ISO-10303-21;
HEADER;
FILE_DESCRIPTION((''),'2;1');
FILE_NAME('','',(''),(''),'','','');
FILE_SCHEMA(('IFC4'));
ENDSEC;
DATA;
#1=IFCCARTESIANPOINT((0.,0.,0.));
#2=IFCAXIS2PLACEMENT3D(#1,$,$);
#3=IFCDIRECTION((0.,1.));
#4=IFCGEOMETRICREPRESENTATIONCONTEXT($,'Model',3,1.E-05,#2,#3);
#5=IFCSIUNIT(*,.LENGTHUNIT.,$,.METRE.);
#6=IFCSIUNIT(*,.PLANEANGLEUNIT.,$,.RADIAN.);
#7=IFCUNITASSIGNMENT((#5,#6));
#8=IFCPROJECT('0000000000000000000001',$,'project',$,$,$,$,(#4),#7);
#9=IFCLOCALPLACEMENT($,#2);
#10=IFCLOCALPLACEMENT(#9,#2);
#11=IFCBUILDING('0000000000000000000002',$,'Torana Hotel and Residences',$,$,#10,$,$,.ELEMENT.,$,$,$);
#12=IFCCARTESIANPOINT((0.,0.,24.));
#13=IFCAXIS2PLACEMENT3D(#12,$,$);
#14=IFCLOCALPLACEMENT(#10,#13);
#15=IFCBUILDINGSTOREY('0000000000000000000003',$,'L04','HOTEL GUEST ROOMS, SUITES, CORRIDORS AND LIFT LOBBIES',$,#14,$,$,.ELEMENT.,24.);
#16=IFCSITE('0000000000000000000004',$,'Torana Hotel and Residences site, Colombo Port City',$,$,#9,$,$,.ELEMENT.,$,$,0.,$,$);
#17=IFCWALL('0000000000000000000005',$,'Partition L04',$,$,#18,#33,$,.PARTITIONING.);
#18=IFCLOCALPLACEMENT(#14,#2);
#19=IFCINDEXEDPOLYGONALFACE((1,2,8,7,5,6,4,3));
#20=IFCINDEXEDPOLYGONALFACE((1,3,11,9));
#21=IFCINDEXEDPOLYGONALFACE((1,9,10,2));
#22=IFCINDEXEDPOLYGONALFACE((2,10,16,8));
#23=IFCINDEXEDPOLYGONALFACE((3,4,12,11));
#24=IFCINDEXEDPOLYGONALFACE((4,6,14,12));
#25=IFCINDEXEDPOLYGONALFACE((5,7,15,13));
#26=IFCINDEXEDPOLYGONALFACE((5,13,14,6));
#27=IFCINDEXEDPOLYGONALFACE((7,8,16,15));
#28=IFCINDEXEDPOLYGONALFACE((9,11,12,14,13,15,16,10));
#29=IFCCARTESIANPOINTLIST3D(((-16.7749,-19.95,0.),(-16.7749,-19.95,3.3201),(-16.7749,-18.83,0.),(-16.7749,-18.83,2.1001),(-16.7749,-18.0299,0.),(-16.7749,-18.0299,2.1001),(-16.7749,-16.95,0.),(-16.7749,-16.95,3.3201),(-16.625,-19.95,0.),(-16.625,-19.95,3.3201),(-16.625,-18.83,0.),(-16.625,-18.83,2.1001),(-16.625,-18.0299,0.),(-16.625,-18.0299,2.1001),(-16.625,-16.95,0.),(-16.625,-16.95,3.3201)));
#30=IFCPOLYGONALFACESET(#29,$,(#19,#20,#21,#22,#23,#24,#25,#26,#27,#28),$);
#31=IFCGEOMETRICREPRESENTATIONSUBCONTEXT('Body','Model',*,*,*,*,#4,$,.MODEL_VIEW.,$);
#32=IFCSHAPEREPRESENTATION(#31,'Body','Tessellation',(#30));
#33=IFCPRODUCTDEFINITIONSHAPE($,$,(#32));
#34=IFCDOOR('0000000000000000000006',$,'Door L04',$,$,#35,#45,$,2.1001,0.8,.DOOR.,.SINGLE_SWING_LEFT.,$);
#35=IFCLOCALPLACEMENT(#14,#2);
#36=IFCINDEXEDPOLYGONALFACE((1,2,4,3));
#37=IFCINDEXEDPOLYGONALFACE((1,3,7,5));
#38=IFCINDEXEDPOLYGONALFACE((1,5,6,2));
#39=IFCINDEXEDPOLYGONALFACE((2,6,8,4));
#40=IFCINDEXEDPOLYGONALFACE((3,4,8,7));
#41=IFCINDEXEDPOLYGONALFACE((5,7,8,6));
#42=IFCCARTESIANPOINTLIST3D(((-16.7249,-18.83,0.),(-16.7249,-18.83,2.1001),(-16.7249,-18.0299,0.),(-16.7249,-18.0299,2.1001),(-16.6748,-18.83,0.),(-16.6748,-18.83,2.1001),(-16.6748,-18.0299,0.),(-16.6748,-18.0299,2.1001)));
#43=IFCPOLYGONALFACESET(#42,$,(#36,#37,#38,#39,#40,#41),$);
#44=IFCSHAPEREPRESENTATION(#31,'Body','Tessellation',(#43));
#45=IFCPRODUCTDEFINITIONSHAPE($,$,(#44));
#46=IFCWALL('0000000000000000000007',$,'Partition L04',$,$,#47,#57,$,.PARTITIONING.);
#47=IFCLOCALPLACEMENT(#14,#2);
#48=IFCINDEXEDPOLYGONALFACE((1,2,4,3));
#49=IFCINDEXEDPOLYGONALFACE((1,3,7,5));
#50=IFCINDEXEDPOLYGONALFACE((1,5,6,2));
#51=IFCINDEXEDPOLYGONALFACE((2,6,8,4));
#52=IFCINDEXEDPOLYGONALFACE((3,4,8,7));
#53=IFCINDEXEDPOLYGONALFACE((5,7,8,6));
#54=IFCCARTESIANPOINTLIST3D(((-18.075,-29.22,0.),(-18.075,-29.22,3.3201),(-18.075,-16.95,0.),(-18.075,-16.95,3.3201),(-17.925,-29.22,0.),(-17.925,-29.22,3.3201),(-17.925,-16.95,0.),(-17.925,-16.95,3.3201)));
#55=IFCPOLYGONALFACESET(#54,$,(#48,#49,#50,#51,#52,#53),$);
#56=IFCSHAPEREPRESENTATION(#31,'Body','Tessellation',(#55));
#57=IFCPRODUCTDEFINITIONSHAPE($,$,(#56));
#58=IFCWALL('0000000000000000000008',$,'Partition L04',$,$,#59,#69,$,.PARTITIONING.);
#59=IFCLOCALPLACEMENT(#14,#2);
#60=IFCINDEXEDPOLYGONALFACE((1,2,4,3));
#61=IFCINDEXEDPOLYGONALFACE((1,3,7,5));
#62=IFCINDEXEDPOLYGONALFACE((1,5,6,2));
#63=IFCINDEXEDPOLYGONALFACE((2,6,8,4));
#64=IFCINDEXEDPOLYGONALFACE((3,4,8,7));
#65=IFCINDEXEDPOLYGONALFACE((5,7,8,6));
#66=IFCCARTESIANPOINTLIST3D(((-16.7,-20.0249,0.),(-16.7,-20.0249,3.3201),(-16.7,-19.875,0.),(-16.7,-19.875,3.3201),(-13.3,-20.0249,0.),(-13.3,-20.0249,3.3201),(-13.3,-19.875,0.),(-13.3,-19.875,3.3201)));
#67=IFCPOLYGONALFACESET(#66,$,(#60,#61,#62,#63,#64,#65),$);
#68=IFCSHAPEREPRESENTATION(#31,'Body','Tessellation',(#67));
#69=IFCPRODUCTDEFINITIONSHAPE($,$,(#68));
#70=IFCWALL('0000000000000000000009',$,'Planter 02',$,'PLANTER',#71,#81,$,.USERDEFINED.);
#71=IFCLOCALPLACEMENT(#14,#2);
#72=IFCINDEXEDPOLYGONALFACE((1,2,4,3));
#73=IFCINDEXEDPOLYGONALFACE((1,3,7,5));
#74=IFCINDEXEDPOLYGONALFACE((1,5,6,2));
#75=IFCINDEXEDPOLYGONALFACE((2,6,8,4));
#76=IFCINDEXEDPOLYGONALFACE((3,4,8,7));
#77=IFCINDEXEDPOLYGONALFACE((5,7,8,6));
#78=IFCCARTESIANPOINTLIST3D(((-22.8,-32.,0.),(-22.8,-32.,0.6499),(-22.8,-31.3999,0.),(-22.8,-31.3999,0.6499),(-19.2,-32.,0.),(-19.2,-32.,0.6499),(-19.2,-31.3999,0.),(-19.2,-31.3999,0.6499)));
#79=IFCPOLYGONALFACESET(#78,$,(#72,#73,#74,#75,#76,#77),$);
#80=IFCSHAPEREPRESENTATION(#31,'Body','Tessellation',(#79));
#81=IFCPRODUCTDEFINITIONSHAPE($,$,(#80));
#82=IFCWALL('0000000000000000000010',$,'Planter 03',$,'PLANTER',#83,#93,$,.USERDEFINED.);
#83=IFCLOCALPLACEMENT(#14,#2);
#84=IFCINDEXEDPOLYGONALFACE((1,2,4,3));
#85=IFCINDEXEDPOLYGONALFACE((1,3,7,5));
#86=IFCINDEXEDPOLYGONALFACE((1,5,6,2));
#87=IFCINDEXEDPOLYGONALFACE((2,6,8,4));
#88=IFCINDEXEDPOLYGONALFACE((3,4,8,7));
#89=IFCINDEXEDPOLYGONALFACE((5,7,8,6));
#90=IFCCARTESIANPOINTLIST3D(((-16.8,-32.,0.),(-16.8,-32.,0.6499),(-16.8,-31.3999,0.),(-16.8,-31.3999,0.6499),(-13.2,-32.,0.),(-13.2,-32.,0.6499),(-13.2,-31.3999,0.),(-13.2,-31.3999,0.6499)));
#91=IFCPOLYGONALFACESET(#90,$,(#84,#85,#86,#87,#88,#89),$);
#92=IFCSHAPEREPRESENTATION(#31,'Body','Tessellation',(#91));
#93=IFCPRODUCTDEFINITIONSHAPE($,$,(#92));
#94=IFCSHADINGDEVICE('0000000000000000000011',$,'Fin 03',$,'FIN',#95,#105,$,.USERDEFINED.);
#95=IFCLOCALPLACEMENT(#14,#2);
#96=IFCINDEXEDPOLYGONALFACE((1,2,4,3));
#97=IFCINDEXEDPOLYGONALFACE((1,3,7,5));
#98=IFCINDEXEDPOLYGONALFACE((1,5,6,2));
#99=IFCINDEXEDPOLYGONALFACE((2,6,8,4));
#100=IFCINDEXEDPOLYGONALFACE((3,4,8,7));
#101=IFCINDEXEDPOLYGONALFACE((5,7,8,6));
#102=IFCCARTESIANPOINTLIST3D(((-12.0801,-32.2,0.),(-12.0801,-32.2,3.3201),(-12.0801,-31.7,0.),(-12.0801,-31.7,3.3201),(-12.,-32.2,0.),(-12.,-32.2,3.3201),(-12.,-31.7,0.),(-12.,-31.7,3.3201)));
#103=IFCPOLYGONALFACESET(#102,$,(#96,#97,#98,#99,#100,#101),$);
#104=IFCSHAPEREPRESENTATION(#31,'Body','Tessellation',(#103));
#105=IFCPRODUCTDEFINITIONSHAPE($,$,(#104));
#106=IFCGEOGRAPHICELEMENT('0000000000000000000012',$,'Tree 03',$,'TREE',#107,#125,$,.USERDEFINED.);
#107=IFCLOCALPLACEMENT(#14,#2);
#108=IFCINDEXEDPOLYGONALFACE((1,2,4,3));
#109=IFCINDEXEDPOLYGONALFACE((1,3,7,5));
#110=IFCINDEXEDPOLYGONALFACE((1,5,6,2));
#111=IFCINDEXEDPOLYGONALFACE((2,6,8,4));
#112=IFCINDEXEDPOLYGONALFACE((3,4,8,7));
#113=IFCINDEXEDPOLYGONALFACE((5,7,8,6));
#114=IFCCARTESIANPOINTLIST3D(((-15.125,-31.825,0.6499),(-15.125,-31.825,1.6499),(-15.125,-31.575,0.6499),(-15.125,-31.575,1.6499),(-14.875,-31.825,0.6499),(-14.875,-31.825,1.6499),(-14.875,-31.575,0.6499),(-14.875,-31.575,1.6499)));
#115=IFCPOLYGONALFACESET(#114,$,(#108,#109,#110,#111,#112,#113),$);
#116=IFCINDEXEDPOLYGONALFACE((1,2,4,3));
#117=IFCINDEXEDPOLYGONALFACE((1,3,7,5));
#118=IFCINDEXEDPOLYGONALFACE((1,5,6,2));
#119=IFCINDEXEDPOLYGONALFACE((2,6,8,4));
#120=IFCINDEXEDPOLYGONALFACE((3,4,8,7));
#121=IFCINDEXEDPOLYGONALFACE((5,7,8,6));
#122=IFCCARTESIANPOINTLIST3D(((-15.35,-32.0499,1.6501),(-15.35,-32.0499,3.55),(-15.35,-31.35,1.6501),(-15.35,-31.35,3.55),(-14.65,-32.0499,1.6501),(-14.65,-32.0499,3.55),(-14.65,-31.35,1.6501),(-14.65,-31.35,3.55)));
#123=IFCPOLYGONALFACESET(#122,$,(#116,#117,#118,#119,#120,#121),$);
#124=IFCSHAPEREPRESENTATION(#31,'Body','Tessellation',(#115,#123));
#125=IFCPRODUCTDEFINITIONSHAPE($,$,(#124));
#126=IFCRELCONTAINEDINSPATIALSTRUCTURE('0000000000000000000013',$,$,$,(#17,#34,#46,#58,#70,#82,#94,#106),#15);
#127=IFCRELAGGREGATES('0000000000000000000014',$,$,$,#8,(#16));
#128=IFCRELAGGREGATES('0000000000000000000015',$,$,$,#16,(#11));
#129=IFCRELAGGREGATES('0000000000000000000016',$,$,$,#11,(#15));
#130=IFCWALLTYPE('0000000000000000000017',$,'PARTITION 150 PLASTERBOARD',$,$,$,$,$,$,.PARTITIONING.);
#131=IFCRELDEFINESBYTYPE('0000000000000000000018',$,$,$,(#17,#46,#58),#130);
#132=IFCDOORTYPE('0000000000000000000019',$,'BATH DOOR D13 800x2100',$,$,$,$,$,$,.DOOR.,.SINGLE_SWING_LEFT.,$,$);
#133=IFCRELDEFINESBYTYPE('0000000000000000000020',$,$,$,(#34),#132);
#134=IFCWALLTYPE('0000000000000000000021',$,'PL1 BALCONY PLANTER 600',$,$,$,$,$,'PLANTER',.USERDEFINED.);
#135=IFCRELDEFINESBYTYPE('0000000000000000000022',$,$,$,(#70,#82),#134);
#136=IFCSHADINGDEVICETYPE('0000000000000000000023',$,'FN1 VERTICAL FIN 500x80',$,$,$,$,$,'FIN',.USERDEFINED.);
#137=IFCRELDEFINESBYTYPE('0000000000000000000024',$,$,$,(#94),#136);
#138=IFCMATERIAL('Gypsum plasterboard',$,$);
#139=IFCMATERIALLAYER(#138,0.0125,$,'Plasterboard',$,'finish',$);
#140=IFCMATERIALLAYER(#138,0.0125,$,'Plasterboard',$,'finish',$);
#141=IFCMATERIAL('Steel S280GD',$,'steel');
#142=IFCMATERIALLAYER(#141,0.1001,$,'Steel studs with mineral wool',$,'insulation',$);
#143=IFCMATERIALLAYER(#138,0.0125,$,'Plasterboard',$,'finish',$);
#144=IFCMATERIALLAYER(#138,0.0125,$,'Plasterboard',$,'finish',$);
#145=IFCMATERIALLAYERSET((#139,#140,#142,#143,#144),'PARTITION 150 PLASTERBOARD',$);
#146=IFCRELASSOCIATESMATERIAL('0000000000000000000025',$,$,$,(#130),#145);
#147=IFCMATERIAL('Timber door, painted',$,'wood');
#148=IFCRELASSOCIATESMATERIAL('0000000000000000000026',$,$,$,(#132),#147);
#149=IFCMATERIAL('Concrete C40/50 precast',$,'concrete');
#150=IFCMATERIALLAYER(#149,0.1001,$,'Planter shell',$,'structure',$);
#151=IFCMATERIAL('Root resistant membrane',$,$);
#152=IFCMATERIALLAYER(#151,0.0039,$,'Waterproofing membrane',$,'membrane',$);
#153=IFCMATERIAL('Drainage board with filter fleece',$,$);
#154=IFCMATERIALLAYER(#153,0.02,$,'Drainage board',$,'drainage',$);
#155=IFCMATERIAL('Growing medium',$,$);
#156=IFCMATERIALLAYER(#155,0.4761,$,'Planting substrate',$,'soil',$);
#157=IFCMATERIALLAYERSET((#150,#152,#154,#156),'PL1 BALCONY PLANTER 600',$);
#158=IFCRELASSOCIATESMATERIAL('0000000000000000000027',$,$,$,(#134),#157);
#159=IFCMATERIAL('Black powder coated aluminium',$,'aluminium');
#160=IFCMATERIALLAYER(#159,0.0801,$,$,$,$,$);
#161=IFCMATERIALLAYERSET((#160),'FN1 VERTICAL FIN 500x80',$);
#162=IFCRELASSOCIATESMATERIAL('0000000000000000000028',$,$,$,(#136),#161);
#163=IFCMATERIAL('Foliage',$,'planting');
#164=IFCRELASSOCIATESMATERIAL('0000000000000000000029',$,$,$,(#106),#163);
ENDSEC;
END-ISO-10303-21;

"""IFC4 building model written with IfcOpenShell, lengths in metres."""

from ifc_helpers import new_model, si_unit, direction, frame, frame_2d, origin, origin_2d, place, context, subcontext, project, spatial, rectangle, extrude, material, layer, layer_set, type_object, element, fill, save


model = new_model("IFC4")

# Units and contexts
model_context = context("Model", 3, precision=1e-05, world=origin(), true_north=direction((0.0, 1.0)))
body_context = subcontext(model_context, "Body", "Model", "MODEL_VIEW")
ifc_project = project(units=[si_unit("LENGTHUNIT", "METRE"), si_unit("PLANEANGLEUNIT", "RADIAN")], contexts=[model_context])

# Site, building, storey
site_placement = place(None, origin())
site = spatial("IfcSite", under=ifc_project, at=site_placement, Name="Torana Hotel and Residences site, Colombo Port City", CompositionType="ELEMENT", RefElevation=0.0)
building_placement = place(site_placement, origin())
building = spatial("IfcBuilding", under=site, at=building_placement, Name="Torana Hotel and Residences", CompositionType="ELEMENT")
storey_placement = place(building_placement, frame((0.0, 0.0, 24.0)))
storey = spatial("IfcBuildingStorey", under=building, at=storey_placement, Name="L04", Description="HOTEL GUEST ROOMS, SUITES, CORRIDORS AND LIFT LOBBIES", CompositionType="ELEMENT", Elevation=24.0)

# Shared definitions
ifc_material_1 = material(Name="Gypsum plasterboard")
ifc_layer_1 = layer(ifc_material_1, 0.0125, Name="Plasterboard", Category="finish")
ifc_layer_2 = layer(ifc_material_1, 0.0125, Name="Plasterboard", Category="finish")
ifc_material_2 = material(Name="Steel S280GD", Category="steel")
ifc_layer_3 = layer(ifc_material_2, 0.1001, Name="Steel studs with mineral wool", Category="insulation")
ifc_layer_4 = layer(ifc_material_1, 0.0125, Name="Plasterboard", Category="finish")
ifc_layer_5 = layer(ifc_material_1, 0.0125, Name="Plasterboard", Category="finish")
ifc_layer_set_1 = layer_set([ifc_layer_1, ifc_layer_2, ifc_layer_3, ifc_layer_4, ifc_layer_5], Name="PARTITION 150 PLASTERBOARD")
wall_type_1 = type_object("IfcWallType", Name="PARTITION 150 PLASTERBOARD", PredefinedType="PARTITIONING", material=ifc_layer_set_1)

# Shared definitions
ifc_material_3 = material(Name="Timber door, painted", Category="wood")
door_type_1 = type_object("IfcDoorType", Name="BATH DOOR D13 800x2100", OperationType="SINGLE_SWING_LEFT", PredefinedType="DOOR", material=ifc_material_3)

# Wall, opening, door
wall_1_placement = place(storey_placement, frame((-16.7, -19.95, 0.0), z_axis=(0.0, 0.0, 1.0), x_axis=(0.0, 1.0, 0.0)))
wall_1 = element("IfcWall", 1, at=wall_1_placement, inside=storey, type_object=wall_type_1, Name="Partition L04", PredefinedType="PARTITIONING", context=body_context, shape_type="SweptSolid", body=[
    extrude(rectangle(XDim=3.0, YDim=0.1499, at=frame_2d((1.5, 0.0))), origin(), (0.0, 0.0, 1.0), 3.3201),
])
opening_1_placement = place(wall_1_placement, frame((1.1201, 0.0, 0.0)))
opening_1 = element("IfcOpeningElement", 2, at=opening_1_placement, cuts=wall_1, PredefinedType="OPENING", context=body_context, shape_type="SweptSolid", body=[
    extrude(rectangle(XDim=0.8, YDim=2.1001, at=frame_2d((0.3999, 1.05))), frame((0.0, 0.085, 0.0), z_axis=(0.0, -1.0, 0.0), x_axis=(1.0, 0.0, 0.0)), (0.0, 0.0, 1.0), 0.1699),
])
door_1_placement = place(opening_1_placement, origin())
door_1 = element("IfcDoor", 3, at=door_1_placement, inside=storey, type_object=door_type_1, Name="Door L04", OperationType="SINGLE_SWING_LEFT", OverallHeight=2.1001, OverallWidth=0.8, PredefinedType="DOOR", context=body_context, shape_type="SweptSolid", body=[
    extrude(rectangle(XDim=0.8, YDim=2.1001, at=frame_2d((0.3999, 1.05))), frame((0.0, 0.0249, 0.0), z_axis=(0.0, -1.0, 0.0), x_axis=(1.0, 0.0, 0.0)), (0.0, 0.0, 1.0), 0.05),
])
fill(opening_1, door_1)

# Walls
wall_2_placement = place(storey_placement, frame((-18.0, -29.22, 0.0), z_axis=(0.0, 0.0, 1.0), x_axis=(0.0, 1.0, 0.0)))
element("IfcWall", 4, at=wall_2_placement, inside=storey, type_object=wall_type_1, Name="Partition L04", PredefinedType="PARTITIONING", context=body_context, shape_type="SweptSolid", body=[
    extrude(rectangle(XDim=12.27, YDim=0.1499, at=frame_2d((6.135, 0.0))), origin(), (0.0, 0.0, 1.0), 3.3201),
])
wall_3_placement = place(storey_placement, frame((-16.7, -19.95, 0.0), z_axis=(0.0, 0.0, 1.0), x_axis=(1.0, 0.0, 0.0)))
element("IfcWall", 5, at=wall_3_placement, inside=storey, type_object=wall_type_1, Name="Partition L04", PredefinedType="PARTITIONING", context=body_context, shape_type="SweptSolid", body=[
    extrude(rectangle(XDim=3.3999, YDim=0.1499, at=frame_2d((1.7, 0.0))), origin(), (0.0, 0.0, 1.0), 3.3201),
])
ifc_material_4 = material(Name="Concrete C40/50 precast", Category="concrete")
ifc_layer_6 = layer(ifc_material_4, 0.1001, Name="Planter shell", Category="structure")
ifc_material_5 = material(Name="Root resistant membrane")
ifc_layer_7 = layer(ifc_material_5, 0.0039, Name="Waterproofing membrane", Category="membrane")
ifc_material_6 = material(Name="Drainage board with filter fleece")
ifc_layer_8 = layer(ifc_material_6, 0.02, Name="Drainage board", Category="drainage")
ifc_material_7 = material(Name="Growing medium")
ifc_layer_9 = layer(ifc_material_7, 0.4761, Name="Planting substrate", Category="soil")
ifc_layer_set_2 = layer_set([ifc_layer_6, ifc_layer_7, ifc_layer_8, ifc_layer_9], Name="PL1 BALCONY PLANTER 600")
wall_type_2 = type_object("IfcWallType", Name="PL1 BALCONY PLANTER 600", ElementType="PLANTER", PredefinedType="USERDEFINED", material=ifc_layer_set_2)
for number, where, z_axis, x_axis, name in (
    (6, (-19.2, -31.7, 0.0), (0.0, 0.0, 1.0), (-1.0, 0.0, 0.0), "Planter 02"),
    (7, (-13.2, -31.7, 0.0), (0.0, 0.0, 1.0), (-1.0, 0.0, 0.0), "Planter 03"),
):
    element("IfcWall", number, at=place(storey_placement, frame(where, z_axis=z_axis, x_axis=x_axis)), inside=storey, type_object=wall_type_2, Name=name, ObjectType="PLANTER", PredefinedType="USERDEFINED", context=body_context, shape_type="SweptSolid", body=[
        extrude(rectangle(XDim=3.6001, YDim=0.6001, at=frame_2d((1.8, 0.0))), origin(), (0.0, 0.0, 1.0), 0.6499),
    ])

# Shading device
ifc_material_8 = material(Name="Black powder coated aluminium", Category="aluminium")
ifc_layer_10 = layer(ifc_material_8, 0.0801)
ifc_layer_set_3 = layer_set([ifc_layer_10], Name="FN1 VERTICAL FIN 500x80")
shading_device_type = type_object("IfcShadingDeviceType", Name="FN1 VERTICAL FIN 500x80", ElementType="FIN", PredefinedType="USERDEFINED", material=ifc_layer_set_3)
shading_device_placement = place(storey_placement, frame((-12.04, -31.95, 0.0), z_axis=(0.0, 0.0, 1.0), x_axis=(-1.0, 0.0, 0.0)))
element("IfcShadingDevice", 8, at=shading_device_placement, inside=storey, type_object=shading_device_type, Name="Fin 03", ObjectType="FIN", PredefinedType="USERDEFINED", context=body_context, shape_type="SweptSolid", body=[
    extrude(rectangle(XDim=0.0801, YDim=0.5, at=origin_2d()), origin(), (0.0, 0.0, 1.0), 3.3201),
])

# Geographic element
ifc_material_9 = material(Name="Foliage", Category="planting")
geographic_element_placement = place(storey_placement, frame((-15.0, -31.7, 0.6499), z_axis=(0.0, 0.0, 1.0), x_axis=(1.0, 0.0, 0.0)))
element("IfcGeographicElement", 9, at=geographic_element_placement, inside=storey, material=ifc_material_9, Name="Tree 03", ObjectType="TREE", PredefinedType="USERDEFINED", context=body_context, shape_type="SweptSolid", body=[
    extrude(rectangle(XDim=0.25, YDim=0.25, at=origin_2d()), origin(), (0.0, 0.0, 1.0), 1.0),
    extrude(rectangle(XDim=0.7, YDim=0.7, at=origin_2d()), frame((0.0, 0.0, 1.0002)), (0.0, 0.0, 1.0), 1.8999),
])

save(model, "model.ifc")
